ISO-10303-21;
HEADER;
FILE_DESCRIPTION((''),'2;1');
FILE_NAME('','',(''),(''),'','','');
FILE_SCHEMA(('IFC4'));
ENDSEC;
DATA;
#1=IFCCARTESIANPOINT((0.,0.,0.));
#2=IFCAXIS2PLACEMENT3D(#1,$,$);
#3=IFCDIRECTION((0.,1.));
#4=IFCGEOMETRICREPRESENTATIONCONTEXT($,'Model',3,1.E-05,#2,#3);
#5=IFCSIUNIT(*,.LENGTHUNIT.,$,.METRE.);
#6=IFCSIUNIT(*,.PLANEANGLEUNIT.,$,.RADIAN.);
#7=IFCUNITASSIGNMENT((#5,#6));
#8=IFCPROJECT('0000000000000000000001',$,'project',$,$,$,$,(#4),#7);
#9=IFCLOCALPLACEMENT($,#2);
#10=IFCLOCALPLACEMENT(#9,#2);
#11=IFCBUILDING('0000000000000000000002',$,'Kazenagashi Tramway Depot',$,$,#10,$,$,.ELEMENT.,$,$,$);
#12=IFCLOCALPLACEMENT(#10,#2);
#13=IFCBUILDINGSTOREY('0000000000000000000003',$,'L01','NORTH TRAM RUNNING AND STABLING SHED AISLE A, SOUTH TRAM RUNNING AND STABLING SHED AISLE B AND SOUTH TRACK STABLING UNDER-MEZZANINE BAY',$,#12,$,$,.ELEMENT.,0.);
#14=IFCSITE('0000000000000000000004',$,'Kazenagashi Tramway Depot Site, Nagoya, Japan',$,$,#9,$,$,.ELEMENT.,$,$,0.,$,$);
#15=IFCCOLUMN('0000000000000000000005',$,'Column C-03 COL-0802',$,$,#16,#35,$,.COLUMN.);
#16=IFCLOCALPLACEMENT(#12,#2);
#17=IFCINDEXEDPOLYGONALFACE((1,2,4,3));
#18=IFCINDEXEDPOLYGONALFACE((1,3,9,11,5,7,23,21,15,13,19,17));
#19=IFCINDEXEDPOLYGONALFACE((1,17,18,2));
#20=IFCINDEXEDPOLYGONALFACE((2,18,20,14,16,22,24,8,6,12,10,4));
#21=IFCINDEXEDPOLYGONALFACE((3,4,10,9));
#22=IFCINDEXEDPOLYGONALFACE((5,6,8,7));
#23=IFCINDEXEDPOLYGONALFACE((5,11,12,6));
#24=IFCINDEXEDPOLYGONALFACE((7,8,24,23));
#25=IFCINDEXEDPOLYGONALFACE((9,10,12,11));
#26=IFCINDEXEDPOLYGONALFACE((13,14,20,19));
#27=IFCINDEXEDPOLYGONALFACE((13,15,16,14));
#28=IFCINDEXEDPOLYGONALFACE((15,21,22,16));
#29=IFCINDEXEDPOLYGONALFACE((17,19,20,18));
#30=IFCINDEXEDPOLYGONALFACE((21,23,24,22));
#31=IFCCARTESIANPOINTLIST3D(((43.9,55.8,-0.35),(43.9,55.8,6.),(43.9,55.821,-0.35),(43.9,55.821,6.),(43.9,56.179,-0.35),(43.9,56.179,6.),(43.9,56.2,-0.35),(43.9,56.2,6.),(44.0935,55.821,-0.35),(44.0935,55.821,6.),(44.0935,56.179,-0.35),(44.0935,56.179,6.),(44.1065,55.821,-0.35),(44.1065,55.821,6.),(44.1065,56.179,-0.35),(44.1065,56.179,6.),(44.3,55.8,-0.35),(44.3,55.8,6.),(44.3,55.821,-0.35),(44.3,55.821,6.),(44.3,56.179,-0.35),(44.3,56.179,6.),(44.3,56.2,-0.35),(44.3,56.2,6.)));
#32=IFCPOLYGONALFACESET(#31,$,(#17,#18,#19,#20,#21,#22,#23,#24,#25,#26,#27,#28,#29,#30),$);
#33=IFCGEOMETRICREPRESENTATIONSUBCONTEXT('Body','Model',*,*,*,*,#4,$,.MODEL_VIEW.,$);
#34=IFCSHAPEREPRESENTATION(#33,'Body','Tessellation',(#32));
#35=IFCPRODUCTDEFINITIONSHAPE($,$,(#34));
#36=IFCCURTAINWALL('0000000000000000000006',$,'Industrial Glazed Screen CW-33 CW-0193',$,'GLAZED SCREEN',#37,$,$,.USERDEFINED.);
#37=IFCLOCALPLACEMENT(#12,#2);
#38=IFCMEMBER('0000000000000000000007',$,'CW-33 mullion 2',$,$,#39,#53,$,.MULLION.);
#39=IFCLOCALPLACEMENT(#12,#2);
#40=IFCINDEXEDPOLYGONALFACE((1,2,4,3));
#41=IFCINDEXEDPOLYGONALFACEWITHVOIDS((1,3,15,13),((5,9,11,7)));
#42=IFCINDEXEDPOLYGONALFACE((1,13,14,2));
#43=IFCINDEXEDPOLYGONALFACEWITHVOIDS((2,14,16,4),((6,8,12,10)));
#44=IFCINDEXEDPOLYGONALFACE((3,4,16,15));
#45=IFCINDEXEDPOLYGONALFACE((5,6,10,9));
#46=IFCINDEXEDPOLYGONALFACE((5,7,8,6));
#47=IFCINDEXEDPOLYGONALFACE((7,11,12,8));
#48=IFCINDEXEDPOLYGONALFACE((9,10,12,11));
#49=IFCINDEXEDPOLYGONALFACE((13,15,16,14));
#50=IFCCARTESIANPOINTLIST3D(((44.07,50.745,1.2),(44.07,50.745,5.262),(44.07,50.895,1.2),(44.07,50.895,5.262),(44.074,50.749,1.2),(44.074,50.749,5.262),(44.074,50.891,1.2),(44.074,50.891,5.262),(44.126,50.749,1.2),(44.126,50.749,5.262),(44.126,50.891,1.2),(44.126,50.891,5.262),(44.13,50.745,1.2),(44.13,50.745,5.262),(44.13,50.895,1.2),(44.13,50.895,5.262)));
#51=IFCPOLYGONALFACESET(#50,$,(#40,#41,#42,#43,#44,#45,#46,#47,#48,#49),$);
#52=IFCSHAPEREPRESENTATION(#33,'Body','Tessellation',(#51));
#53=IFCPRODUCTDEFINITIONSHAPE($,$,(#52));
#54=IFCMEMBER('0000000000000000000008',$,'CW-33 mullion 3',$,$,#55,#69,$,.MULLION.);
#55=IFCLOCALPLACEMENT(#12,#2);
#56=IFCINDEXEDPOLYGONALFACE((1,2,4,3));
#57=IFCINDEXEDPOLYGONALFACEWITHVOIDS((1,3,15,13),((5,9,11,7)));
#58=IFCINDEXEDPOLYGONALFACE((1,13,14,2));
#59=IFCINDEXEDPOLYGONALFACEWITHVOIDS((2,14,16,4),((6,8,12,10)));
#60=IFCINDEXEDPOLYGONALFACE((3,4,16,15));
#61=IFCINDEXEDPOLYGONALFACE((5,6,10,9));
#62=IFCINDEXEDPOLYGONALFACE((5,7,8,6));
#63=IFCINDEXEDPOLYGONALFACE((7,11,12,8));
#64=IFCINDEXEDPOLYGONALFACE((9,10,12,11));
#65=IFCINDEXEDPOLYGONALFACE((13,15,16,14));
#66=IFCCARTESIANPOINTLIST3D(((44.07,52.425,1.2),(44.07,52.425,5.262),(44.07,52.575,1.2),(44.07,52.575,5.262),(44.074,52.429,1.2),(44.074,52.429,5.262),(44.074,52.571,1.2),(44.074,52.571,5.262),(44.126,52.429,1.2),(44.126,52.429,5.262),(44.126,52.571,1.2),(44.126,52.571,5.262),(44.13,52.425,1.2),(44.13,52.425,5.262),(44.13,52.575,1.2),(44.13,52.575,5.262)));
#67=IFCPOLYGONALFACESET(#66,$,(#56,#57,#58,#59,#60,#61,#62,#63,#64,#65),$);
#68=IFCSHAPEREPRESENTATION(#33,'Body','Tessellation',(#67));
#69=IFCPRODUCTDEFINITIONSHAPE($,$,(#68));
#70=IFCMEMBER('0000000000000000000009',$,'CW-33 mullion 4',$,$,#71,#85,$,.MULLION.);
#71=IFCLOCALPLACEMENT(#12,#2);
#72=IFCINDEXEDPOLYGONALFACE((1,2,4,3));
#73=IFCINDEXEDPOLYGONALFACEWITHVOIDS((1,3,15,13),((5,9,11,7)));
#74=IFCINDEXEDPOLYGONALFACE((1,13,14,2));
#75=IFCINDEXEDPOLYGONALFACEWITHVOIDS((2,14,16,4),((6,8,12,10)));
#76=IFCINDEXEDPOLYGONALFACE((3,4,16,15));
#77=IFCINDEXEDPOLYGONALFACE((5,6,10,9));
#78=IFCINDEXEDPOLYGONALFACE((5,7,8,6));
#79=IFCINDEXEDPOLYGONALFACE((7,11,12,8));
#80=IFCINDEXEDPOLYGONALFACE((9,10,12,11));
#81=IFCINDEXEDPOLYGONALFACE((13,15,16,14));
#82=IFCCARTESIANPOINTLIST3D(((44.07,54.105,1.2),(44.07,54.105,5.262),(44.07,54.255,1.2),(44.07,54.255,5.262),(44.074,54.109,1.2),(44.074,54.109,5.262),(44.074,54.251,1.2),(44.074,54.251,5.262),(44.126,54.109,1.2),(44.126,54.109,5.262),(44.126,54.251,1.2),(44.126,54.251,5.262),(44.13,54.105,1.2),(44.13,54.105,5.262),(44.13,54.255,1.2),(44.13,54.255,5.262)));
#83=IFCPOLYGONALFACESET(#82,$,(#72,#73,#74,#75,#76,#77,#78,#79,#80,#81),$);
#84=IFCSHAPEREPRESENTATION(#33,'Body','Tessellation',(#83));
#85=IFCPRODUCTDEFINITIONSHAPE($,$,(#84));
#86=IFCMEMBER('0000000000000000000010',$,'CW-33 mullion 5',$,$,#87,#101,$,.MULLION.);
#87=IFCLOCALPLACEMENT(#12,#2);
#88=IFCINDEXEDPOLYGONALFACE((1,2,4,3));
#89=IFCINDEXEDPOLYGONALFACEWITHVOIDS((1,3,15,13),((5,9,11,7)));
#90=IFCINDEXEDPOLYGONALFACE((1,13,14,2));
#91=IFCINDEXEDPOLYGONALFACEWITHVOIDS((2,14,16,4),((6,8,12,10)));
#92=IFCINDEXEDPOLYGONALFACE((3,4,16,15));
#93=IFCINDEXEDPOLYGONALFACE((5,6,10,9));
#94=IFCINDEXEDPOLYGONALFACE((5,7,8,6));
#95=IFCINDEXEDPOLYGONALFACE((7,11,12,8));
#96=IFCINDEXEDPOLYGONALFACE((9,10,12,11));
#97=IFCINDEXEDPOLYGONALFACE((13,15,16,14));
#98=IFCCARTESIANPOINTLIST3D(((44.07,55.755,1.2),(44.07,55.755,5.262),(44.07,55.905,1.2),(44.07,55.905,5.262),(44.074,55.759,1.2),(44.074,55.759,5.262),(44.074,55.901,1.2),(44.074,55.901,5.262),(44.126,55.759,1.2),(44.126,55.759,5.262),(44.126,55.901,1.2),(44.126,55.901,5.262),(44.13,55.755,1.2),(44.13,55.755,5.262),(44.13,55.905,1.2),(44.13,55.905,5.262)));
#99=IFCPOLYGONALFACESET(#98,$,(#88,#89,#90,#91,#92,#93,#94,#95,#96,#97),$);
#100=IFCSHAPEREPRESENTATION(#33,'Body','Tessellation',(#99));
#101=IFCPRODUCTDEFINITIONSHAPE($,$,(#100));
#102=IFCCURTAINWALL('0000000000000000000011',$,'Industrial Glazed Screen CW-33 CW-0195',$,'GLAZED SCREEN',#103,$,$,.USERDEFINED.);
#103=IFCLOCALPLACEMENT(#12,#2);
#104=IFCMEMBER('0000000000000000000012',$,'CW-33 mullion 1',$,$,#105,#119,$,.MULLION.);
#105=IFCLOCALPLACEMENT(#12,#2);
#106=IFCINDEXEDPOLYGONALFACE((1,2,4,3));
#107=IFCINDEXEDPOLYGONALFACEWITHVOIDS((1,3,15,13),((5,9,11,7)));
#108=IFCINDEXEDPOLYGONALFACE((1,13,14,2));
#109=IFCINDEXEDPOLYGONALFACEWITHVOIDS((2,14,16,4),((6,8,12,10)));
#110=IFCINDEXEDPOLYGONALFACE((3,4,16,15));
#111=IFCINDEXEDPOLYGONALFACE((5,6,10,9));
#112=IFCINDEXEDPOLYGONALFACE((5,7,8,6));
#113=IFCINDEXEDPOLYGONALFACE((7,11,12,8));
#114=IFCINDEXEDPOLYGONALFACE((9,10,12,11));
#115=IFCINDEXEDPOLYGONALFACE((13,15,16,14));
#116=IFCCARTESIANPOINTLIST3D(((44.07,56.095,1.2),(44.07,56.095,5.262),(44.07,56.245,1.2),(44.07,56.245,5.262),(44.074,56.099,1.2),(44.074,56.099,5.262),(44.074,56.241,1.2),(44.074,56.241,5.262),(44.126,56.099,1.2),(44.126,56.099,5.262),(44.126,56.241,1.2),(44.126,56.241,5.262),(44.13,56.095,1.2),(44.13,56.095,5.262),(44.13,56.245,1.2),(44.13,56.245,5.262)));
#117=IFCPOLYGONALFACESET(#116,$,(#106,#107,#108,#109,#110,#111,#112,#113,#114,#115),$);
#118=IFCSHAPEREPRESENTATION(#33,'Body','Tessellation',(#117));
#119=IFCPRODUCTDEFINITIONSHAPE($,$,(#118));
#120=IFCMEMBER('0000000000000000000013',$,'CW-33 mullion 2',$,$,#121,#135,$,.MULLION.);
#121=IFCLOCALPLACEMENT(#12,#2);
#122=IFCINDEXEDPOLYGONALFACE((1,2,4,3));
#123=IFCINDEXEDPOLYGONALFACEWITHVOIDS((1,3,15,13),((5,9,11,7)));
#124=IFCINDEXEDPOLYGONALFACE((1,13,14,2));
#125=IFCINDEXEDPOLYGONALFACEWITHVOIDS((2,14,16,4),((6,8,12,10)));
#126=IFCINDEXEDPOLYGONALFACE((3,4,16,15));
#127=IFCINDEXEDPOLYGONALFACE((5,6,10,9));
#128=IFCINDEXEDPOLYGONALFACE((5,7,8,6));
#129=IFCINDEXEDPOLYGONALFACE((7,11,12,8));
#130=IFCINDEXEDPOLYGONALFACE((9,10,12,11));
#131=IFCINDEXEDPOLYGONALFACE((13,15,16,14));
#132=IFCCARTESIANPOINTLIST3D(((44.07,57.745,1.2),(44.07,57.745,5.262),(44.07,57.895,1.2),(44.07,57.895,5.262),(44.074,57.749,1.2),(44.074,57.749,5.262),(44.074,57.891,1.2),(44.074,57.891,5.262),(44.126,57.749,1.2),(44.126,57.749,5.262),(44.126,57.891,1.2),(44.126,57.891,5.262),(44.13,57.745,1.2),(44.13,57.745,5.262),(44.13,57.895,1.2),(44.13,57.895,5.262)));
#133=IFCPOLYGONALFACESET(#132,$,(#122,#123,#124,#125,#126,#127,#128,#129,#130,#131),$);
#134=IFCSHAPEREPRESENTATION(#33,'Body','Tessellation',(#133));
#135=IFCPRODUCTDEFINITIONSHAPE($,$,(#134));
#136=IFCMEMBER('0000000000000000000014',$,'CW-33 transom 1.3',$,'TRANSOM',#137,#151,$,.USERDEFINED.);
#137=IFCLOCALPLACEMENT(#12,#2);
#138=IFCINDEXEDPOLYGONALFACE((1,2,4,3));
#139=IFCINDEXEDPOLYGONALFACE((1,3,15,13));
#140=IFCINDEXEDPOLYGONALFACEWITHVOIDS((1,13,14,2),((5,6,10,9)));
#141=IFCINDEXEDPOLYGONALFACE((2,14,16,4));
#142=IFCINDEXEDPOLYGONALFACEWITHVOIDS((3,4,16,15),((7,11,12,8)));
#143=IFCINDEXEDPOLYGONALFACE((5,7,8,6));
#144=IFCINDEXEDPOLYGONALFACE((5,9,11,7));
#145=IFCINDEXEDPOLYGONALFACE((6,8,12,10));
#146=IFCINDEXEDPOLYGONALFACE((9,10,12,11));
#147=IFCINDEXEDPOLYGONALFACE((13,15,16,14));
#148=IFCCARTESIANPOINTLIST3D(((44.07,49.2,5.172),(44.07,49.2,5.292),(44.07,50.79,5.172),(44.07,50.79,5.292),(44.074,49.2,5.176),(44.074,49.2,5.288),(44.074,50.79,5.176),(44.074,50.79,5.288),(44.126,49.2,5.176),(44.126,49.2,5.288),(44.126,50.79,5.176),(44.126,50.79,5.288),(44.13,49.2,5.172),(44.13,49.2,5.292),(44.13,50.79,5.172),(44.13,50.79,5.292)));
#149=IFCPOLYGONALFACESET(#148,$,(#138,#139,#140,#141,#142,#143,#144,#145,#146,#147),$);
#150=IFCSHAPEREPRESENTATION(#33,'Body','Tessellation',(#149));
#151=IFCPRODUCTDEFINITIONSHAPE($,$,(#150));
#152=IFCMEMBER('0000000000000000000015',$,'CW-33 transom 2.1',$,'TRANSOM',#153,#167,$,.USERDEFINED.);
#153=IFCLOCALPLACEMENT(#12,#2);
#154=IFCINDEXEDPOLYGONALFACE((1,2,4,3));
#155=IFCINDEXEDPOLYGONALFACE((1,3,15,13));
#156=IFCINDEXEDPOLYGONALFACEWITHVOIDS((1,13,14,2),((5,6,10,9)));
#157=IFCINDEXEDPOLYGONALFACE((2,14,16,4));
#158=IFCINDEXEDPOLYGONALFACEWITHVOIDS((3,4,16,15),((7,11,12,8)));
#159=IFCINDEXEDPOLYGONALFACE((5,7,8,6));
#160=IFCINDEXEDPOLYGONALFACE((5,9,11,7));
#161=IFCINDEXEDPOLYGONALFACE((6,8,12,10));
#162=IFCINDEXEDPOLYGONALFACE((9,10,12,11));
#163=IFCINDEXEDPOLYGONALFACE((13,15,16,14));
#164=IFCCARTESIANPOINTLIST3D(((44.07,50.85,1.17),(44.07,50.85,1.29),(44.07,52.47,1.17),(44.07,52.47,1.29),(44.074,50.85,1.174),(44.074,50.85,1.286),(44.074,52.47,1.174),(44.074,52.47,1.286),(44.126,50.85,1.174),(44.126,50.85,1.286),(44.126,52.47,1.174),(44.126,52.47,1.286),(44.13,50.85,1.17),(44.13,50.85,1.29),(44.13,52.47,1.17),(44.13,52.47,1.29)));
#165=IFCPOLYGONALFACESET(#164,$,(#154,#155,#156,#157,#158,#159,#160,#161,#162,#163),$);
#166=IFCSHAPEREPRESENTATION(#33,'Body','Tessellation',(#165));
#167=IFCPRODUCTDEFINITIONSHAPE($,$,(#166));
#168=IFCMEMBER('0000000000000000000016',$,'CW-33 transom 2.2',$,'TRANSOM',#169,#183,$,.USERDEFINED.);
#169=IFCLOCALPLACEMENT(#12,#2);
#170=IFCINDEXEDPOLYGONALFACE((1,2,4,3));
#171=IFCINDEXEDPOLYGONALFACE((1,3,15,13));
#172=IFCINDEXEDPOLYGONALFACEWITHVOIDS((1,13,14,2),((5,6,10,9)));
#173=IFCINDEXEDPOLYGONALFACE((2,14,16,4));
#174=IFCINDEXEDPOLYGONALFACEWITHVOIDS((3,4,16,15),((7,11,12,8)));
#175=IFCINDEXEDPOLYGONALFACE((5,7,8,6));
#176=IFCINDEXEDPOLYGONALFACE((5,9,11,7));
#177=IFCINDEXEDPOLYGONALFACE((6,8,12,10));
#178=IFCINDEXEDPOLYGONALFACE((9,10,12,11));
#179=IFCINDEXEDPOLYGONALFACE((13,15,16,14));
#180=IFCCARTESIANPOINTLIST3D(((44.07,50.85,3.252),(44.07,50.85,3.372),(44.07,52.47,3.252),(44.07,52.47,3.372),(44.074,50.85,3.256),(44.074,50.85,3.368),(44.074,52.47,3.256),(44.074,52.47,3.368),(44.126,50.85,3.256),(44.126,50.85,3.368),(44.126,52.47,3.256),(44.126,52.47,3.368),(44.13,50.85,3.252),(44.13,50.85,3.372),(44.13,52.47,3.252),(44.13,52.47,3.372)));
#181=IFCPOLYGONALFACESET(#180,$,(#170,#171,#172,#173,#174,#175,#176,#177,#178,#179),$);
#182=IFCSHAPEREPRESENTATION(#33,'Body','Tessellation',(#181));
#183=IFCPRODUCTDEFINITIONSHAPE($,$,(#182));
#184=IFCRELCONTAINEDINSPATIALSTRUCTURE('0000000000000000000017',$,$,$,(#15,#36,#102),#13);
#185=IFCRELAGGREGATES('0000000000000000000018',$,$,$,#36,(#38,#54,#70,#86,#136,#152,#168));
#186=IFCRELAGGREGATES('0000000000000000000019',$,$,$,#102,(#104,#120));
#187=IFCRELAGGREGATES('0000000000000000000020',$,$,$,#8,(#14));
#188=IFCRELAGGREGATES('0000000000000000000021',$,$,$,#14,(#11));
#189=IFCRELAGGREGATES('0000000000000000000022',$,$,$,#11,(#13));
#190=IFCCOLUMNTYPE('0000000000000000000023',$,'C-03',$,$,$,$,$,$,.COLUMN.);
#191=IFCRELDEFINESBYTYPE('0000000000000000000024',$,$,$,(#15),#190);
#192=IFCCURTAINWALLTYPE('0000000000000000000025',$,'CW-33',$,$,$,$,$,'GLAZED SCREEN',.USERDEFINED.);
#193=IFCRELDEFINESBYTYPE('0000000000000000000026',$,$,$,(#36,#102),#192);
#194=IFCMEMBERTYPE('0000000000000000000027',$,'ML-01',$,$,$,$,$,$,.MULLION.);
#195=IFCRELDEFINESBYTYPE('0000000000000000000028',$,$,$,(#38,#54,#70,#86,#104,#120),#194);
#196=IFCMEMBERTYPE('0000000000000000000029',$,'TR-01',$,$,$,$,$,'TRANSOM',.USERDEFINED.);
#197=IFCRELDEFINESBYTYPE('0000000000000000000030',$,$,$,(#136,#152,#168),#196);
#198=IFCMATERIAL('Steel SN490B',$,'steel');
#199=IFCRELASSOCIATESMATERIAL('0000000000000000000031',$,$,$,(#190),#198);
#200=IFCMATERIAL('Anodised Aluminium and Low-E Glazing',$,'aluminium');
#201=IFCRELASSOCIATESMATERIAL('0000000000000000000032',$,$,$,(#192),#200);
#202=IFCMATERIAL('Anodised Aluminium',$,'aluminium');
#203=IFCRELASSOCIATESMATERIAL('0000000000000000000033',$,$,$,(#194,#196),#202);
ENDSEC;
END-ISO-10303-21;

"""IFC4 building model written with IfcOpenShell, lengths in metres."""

from ifc_helpers import new_model, si_unit, direction, frame, origin, origin_2d, place, context, subcontext, project, spatial, hollow_rectangle, i_section, extrude, material, material_profile, profile_set, type_object, element, aggregate, save


model = new_model("IFC4")

# Units and contexts
model_context = context("Model", 3, precision=1e-05, world=origin(), true_north=direction((0.0, 1.0)))
body_context = subcontext(model_context, "Body", "Model", "MODEL_VIEW")
ifc_project = project(units=[si_unit("LENGTHUNIT", "METRE"), si_unit("PLANEANGLEUNIT", "RADIAN")], contexts=[model_context])

# Site, building, storey
site_placement = place(None, origin())
site = spatial("IfcSite", under=ifc_project, at=site_placement, Name="Kazenagashi Tramway Depot Site, Nagoya, Japan", CompositionType="ELEMENT", RefElevation=0.0)
building_placement = place(site_placement, origin())
building = spatial("IfcBuilding", under=site, at=building_placement, Name="Kazenagashi Tramway Depot", CompositionType="ELEMENT")
storey_placement = place(building_placement, origin())
storey = spatial("IfcBuildingStorey", under=building, at=storey_placement, Name="L01", Description="NORTH TRAM RUNNING AND STABLING SHED AISLE A, SOUTH TRAM RUNNING AND STABLING SHED AISLE B AND SOUTH TRACK STABLING UNDER-MEZZANINE BAY", CompositionType="ELEMENT", Elevation=0.0)

# Column
ifc_material_1 = material(Name="Steel SN490B", Category="steel")
ifc_material_profile_1 = material_profile(ifc_material_1, i_section(OverallWidth=0.4, OverallDepth=0.4, WebThickness=0.013, FlangeThickness=0.021, at=origin_2d()), Name="H-400x400x13x21")
ifc_profile_set_1 = profile_set([ifc_material_profile_1], Name="Steel SN490B")
column_type = type_object("IfcColumnType", Name="C-03", PredefinedType="COLUMN", material=ifc_profile_set_1)
column_placement = place(storey_placement, frame((44.1, 56.0, -0.35), z_axis=(0.0, 0.0, 1.0), x_axis=(1.0, 0.0, 0.0)))
element("IfcColumn", 1, at=column_placement, inside=storey, type_object=column_type, Name="Column C-03 COL-0802", PredefinedType="COLUMN", context=body_context, shape_type="SweptSolid", body=[
    extrude(i_section(OverallWidth=0.4, OverallDepth=0.4, WebThickness=0.013, FlangeThickness=0.021, at=origin_2d()), origin(), (0.0, 0.0, 1.0), 6.35),
])

# Curtain walls, members
ifc_material_2 = material(Name="Anodised Aluminium and Low-E Glazing", Category="aluminium")
curtain_wall_type = type_object("IfcCurtainWallType", Name="CW-33", ElementType="GLAZED SCREEN", PredefinedType="USERDEFINED", material=ifc_material_2)
curtain_wall_1_placement = place(storey_placement, origin())
curtain_wall_1 = element("IfcCurtainWall", 2, at=curtain_wall_1_placement, inside=storey, type_object=curtain_wall_type, Name="Industrial Glazed Screen CW-33 CW-0193", ObjectType="GLAZED SCREEN", PredefinedType="USERDEFINED")
ifc_material_3 = material(Name="Anodised Aluminium", Category="aluminium")
ifc_material_profile_2 = material_profile(ifc_material_3, hollow_rectangle(XDim=0.06, YDim=0.15, WallThickness=0.004, at=origin_2d()), Name="RHS-150x60x4")
ifc_profile_set_2 = profile_set([ifc_material_profile_2], Name="Anodised Aluminium")
member_type_1 = type_object("IfcMemberType", Name="ML-01", PredefinedType="MULLION", material=ifc_profile_set_2)
member_1_placement = place(storey_placement, frame((44.1, 50.82, 1.2), z_axis=(0.0, 0.0, 1.0), x_axis=(-1.0, 0.0, 0.0)))
member_1 = element("IfcMember", 3, at=member_1_placement, type_object=member_type_1, Name="CW-33 mullion 2", PredefinedType="MULLION", context=body_context, shape_type="SweptSolid", body=[
    extrude(hollow_rectangle(XDim=0.06, YDim=0.15, WallThickness=0.004, at=origin_2d()), origin(), (0.0, 0.0, 1.0), 4.062),
])
member_2_placement = place(storey_placement, frame((44.1, 52.5, 1.2), z_axis=(0.0, 0.0, 1.0), x_axis=(-1.0, 0.0, 0.0)))
member_2 = element("IfcMember", 4, at=member_2_placement, type_object=member_type_1, Name="CW-33 mullion 3", PredefinedType="MULLION", context=body_context, shape_type="SweptSolid", body=[
    extrude(hollow_rectangle(XDim=0.06, YDim=0.15, WallThickness=0.004, at=origin_2d()), origin(), (0.0, 0.0, 1.0), 4.062),
])
member_3_placement = place(storey_placement, frame((44.1, 54.18, 1.2), z_axis=(0.0, 0.0, 1.0), x_axis=(-1.0, 0.0, 0.0)))
member_3 = element("IfcMember", 5, at=member_3_placement, type_object=member_type_1, Name="CW-33 mullion 4", PredefinedType="MULLION", context=body_context, shape_type="SweptSolid", body=[
    extrude(hollow_rectangle(XDim=0.06, YDim=0.15, WallThickness=0.004, at=origin_2d()), origin(), (0.0, 0.0, 1.0), 4.062),
])
member_4_placement = place(storey_placement, frame((44.1, 55.83, 1.2), z_axis=(0.0, 0.0, 1.0), x_axis=(-1.0, 0.0, 0.0)))
member_4 = element("IfcMember", 6, at=member_4_placement, type_object=member_type_1, Name="CW-33 mullion 5", PredefinedType="MULLION", context=body_context, shape_type="SweptSolid", body=[
    extrude(hollow_rectangle(XDim=0.06, YDim=0.15, WallThickness=0.004, at=origin_2d()), origin(), (0.0, 0.0, 1.0), 4.062),
])
curtain_wall_2_placement = place(storey_placement, origin())
curtain_wall_2 = element("IfcCurtainWall", 7, at=curtain_wall_2_placement, inside=storey, type_object=curtain_wall_type, Name="Industrial Glazed Screen CW-33 CW-0195", ObjectType="GLAZED SCREEN", PredefinedType="USERDEFINED")
member_5_placement = place(storey_placement, frame((44.1, 56.17, 1.2), z_axis=(0.0, 0.0, 1.0), x_axis=(-1.0, 0.0, 0.0)))
member_5 = element("IfcMember", 8, at=member_5_placement, type_object=member_type_1, Name="CW-33 mullion 1", PredefinedType="MULLION", context=body_context, shape_type="SweptSolid", body=[
    extrude(hollow_rectangle(XDim=0.06, YDim=0.15, WallThickness=0.004, at=origin_2d()), origin(), (0.0, 0.0, 1.0), 4.062),
])
member_6_placement = place(storey_placement, frame((44.1, 57.82, 1.2), z_axis=(0.0, 0.0, 1.0), x_axis=(-1.0, 0.0, 0.0)))
member_6 = element("IfcMember", 9, at=member_6_placement, type_object=member_type_1, Name="CW-33 mullion 2", PredefinedType="MULLION", context=body_context, shape_type="SweptSolid", body=[
    extrude(hollow_rectangle(XDim=0.06, YDim=0.15, WallThickness=0.004, at=origin_2d()), origin(), (0.0, 0.0, 1.0), 4.062),
])

# Members
ifc_material_profile_3 = material_profile(ifc_material_3, hollow_rectangle(XDim=0.06, YDim=0.12, WallThickness=0.004, at=origin_2d()), Name="RHS-120x60x4")
ifc_profile_set_3 = profile_set([ifc_material_profile_3], Name="Anodised Aluminium")
member_type_2 = type_object("IfcMemberType", Name="TR-01", ElementType="TRANSOM", PredefinedType="USERDEFINED", material=ifc_profile_set_3)
member_7_placement = place(storey_placement, frame((44.1, 49.2, 5.232), z_axis=(0.0, 1.0, 0.0), x_axis=(-1.0, 0.0, 0.0)))
member_7 = element("IfcMember", 10, at=member_7_placement, type_object=member_type_2, Name="CW-33 transom 1.3", ObjectType="TRANSOM", PredefinedType="USERDEFINED", context=body_context, shape_type="SweptSolid", body=[
    extrude(hollow_rectangle(XDim=0.06, YDim=0.12, WallThickness=0.004, at=origin_2d()), origin(), (0.0, 0.0, 1.0), 1.59),
])
member_8_placement = place(storey_placement, frame((44.1, 50.85, 1.23), z_axis=(0.0, 1.0, 0.0), x_axis=(-1.0, 0.0, 0.0)))
member_8 = element("IfcMember", 11, at=member_8_placement, type_object=member_type_2, Name="CW-33 transom 2.1", ObjectType="TRANSOM", PredefinedType="USERDEFINED", context=body_context, shape_type="SweptSolid", body=[
    extrude(hollow_rectangle(XDim=0.06, YDim=0.12, WallThickness=0.004, at=origin_2d()), origin(), (0.0, 0.0, 1.0), 1.62),
])
member_9_placement = place(storey_placement, frame((44.1, 50.85, 3.312), z_axis=(0.0, 1.0, 0.0), x_axis=(-1.0, 0.0, 0.0)))
member_9 = element("IfcMember", 12, at=member_9_placement, type_object=member_type_2, Name="CW-33 transom 2.2", ObjectType="TRANSOM", PredefinedType="USERDEFINED", context=body_context, shape_type="SweptSolid", body=[
    extrude(hollow_rectangle(XDim=0.06, YDim=0.12, WallThickness=0.004, at=origin_2d()), origin(), (0.0, 0.0, 1.0), 1.62),
])

aggregate(curtain_wall_1, [member_1, member_2, member_3, member_4, member_7, member_8, member_9])
aggregate(curtain_wall_2, [member_5, member_6])

save(model, "model.ifc")
